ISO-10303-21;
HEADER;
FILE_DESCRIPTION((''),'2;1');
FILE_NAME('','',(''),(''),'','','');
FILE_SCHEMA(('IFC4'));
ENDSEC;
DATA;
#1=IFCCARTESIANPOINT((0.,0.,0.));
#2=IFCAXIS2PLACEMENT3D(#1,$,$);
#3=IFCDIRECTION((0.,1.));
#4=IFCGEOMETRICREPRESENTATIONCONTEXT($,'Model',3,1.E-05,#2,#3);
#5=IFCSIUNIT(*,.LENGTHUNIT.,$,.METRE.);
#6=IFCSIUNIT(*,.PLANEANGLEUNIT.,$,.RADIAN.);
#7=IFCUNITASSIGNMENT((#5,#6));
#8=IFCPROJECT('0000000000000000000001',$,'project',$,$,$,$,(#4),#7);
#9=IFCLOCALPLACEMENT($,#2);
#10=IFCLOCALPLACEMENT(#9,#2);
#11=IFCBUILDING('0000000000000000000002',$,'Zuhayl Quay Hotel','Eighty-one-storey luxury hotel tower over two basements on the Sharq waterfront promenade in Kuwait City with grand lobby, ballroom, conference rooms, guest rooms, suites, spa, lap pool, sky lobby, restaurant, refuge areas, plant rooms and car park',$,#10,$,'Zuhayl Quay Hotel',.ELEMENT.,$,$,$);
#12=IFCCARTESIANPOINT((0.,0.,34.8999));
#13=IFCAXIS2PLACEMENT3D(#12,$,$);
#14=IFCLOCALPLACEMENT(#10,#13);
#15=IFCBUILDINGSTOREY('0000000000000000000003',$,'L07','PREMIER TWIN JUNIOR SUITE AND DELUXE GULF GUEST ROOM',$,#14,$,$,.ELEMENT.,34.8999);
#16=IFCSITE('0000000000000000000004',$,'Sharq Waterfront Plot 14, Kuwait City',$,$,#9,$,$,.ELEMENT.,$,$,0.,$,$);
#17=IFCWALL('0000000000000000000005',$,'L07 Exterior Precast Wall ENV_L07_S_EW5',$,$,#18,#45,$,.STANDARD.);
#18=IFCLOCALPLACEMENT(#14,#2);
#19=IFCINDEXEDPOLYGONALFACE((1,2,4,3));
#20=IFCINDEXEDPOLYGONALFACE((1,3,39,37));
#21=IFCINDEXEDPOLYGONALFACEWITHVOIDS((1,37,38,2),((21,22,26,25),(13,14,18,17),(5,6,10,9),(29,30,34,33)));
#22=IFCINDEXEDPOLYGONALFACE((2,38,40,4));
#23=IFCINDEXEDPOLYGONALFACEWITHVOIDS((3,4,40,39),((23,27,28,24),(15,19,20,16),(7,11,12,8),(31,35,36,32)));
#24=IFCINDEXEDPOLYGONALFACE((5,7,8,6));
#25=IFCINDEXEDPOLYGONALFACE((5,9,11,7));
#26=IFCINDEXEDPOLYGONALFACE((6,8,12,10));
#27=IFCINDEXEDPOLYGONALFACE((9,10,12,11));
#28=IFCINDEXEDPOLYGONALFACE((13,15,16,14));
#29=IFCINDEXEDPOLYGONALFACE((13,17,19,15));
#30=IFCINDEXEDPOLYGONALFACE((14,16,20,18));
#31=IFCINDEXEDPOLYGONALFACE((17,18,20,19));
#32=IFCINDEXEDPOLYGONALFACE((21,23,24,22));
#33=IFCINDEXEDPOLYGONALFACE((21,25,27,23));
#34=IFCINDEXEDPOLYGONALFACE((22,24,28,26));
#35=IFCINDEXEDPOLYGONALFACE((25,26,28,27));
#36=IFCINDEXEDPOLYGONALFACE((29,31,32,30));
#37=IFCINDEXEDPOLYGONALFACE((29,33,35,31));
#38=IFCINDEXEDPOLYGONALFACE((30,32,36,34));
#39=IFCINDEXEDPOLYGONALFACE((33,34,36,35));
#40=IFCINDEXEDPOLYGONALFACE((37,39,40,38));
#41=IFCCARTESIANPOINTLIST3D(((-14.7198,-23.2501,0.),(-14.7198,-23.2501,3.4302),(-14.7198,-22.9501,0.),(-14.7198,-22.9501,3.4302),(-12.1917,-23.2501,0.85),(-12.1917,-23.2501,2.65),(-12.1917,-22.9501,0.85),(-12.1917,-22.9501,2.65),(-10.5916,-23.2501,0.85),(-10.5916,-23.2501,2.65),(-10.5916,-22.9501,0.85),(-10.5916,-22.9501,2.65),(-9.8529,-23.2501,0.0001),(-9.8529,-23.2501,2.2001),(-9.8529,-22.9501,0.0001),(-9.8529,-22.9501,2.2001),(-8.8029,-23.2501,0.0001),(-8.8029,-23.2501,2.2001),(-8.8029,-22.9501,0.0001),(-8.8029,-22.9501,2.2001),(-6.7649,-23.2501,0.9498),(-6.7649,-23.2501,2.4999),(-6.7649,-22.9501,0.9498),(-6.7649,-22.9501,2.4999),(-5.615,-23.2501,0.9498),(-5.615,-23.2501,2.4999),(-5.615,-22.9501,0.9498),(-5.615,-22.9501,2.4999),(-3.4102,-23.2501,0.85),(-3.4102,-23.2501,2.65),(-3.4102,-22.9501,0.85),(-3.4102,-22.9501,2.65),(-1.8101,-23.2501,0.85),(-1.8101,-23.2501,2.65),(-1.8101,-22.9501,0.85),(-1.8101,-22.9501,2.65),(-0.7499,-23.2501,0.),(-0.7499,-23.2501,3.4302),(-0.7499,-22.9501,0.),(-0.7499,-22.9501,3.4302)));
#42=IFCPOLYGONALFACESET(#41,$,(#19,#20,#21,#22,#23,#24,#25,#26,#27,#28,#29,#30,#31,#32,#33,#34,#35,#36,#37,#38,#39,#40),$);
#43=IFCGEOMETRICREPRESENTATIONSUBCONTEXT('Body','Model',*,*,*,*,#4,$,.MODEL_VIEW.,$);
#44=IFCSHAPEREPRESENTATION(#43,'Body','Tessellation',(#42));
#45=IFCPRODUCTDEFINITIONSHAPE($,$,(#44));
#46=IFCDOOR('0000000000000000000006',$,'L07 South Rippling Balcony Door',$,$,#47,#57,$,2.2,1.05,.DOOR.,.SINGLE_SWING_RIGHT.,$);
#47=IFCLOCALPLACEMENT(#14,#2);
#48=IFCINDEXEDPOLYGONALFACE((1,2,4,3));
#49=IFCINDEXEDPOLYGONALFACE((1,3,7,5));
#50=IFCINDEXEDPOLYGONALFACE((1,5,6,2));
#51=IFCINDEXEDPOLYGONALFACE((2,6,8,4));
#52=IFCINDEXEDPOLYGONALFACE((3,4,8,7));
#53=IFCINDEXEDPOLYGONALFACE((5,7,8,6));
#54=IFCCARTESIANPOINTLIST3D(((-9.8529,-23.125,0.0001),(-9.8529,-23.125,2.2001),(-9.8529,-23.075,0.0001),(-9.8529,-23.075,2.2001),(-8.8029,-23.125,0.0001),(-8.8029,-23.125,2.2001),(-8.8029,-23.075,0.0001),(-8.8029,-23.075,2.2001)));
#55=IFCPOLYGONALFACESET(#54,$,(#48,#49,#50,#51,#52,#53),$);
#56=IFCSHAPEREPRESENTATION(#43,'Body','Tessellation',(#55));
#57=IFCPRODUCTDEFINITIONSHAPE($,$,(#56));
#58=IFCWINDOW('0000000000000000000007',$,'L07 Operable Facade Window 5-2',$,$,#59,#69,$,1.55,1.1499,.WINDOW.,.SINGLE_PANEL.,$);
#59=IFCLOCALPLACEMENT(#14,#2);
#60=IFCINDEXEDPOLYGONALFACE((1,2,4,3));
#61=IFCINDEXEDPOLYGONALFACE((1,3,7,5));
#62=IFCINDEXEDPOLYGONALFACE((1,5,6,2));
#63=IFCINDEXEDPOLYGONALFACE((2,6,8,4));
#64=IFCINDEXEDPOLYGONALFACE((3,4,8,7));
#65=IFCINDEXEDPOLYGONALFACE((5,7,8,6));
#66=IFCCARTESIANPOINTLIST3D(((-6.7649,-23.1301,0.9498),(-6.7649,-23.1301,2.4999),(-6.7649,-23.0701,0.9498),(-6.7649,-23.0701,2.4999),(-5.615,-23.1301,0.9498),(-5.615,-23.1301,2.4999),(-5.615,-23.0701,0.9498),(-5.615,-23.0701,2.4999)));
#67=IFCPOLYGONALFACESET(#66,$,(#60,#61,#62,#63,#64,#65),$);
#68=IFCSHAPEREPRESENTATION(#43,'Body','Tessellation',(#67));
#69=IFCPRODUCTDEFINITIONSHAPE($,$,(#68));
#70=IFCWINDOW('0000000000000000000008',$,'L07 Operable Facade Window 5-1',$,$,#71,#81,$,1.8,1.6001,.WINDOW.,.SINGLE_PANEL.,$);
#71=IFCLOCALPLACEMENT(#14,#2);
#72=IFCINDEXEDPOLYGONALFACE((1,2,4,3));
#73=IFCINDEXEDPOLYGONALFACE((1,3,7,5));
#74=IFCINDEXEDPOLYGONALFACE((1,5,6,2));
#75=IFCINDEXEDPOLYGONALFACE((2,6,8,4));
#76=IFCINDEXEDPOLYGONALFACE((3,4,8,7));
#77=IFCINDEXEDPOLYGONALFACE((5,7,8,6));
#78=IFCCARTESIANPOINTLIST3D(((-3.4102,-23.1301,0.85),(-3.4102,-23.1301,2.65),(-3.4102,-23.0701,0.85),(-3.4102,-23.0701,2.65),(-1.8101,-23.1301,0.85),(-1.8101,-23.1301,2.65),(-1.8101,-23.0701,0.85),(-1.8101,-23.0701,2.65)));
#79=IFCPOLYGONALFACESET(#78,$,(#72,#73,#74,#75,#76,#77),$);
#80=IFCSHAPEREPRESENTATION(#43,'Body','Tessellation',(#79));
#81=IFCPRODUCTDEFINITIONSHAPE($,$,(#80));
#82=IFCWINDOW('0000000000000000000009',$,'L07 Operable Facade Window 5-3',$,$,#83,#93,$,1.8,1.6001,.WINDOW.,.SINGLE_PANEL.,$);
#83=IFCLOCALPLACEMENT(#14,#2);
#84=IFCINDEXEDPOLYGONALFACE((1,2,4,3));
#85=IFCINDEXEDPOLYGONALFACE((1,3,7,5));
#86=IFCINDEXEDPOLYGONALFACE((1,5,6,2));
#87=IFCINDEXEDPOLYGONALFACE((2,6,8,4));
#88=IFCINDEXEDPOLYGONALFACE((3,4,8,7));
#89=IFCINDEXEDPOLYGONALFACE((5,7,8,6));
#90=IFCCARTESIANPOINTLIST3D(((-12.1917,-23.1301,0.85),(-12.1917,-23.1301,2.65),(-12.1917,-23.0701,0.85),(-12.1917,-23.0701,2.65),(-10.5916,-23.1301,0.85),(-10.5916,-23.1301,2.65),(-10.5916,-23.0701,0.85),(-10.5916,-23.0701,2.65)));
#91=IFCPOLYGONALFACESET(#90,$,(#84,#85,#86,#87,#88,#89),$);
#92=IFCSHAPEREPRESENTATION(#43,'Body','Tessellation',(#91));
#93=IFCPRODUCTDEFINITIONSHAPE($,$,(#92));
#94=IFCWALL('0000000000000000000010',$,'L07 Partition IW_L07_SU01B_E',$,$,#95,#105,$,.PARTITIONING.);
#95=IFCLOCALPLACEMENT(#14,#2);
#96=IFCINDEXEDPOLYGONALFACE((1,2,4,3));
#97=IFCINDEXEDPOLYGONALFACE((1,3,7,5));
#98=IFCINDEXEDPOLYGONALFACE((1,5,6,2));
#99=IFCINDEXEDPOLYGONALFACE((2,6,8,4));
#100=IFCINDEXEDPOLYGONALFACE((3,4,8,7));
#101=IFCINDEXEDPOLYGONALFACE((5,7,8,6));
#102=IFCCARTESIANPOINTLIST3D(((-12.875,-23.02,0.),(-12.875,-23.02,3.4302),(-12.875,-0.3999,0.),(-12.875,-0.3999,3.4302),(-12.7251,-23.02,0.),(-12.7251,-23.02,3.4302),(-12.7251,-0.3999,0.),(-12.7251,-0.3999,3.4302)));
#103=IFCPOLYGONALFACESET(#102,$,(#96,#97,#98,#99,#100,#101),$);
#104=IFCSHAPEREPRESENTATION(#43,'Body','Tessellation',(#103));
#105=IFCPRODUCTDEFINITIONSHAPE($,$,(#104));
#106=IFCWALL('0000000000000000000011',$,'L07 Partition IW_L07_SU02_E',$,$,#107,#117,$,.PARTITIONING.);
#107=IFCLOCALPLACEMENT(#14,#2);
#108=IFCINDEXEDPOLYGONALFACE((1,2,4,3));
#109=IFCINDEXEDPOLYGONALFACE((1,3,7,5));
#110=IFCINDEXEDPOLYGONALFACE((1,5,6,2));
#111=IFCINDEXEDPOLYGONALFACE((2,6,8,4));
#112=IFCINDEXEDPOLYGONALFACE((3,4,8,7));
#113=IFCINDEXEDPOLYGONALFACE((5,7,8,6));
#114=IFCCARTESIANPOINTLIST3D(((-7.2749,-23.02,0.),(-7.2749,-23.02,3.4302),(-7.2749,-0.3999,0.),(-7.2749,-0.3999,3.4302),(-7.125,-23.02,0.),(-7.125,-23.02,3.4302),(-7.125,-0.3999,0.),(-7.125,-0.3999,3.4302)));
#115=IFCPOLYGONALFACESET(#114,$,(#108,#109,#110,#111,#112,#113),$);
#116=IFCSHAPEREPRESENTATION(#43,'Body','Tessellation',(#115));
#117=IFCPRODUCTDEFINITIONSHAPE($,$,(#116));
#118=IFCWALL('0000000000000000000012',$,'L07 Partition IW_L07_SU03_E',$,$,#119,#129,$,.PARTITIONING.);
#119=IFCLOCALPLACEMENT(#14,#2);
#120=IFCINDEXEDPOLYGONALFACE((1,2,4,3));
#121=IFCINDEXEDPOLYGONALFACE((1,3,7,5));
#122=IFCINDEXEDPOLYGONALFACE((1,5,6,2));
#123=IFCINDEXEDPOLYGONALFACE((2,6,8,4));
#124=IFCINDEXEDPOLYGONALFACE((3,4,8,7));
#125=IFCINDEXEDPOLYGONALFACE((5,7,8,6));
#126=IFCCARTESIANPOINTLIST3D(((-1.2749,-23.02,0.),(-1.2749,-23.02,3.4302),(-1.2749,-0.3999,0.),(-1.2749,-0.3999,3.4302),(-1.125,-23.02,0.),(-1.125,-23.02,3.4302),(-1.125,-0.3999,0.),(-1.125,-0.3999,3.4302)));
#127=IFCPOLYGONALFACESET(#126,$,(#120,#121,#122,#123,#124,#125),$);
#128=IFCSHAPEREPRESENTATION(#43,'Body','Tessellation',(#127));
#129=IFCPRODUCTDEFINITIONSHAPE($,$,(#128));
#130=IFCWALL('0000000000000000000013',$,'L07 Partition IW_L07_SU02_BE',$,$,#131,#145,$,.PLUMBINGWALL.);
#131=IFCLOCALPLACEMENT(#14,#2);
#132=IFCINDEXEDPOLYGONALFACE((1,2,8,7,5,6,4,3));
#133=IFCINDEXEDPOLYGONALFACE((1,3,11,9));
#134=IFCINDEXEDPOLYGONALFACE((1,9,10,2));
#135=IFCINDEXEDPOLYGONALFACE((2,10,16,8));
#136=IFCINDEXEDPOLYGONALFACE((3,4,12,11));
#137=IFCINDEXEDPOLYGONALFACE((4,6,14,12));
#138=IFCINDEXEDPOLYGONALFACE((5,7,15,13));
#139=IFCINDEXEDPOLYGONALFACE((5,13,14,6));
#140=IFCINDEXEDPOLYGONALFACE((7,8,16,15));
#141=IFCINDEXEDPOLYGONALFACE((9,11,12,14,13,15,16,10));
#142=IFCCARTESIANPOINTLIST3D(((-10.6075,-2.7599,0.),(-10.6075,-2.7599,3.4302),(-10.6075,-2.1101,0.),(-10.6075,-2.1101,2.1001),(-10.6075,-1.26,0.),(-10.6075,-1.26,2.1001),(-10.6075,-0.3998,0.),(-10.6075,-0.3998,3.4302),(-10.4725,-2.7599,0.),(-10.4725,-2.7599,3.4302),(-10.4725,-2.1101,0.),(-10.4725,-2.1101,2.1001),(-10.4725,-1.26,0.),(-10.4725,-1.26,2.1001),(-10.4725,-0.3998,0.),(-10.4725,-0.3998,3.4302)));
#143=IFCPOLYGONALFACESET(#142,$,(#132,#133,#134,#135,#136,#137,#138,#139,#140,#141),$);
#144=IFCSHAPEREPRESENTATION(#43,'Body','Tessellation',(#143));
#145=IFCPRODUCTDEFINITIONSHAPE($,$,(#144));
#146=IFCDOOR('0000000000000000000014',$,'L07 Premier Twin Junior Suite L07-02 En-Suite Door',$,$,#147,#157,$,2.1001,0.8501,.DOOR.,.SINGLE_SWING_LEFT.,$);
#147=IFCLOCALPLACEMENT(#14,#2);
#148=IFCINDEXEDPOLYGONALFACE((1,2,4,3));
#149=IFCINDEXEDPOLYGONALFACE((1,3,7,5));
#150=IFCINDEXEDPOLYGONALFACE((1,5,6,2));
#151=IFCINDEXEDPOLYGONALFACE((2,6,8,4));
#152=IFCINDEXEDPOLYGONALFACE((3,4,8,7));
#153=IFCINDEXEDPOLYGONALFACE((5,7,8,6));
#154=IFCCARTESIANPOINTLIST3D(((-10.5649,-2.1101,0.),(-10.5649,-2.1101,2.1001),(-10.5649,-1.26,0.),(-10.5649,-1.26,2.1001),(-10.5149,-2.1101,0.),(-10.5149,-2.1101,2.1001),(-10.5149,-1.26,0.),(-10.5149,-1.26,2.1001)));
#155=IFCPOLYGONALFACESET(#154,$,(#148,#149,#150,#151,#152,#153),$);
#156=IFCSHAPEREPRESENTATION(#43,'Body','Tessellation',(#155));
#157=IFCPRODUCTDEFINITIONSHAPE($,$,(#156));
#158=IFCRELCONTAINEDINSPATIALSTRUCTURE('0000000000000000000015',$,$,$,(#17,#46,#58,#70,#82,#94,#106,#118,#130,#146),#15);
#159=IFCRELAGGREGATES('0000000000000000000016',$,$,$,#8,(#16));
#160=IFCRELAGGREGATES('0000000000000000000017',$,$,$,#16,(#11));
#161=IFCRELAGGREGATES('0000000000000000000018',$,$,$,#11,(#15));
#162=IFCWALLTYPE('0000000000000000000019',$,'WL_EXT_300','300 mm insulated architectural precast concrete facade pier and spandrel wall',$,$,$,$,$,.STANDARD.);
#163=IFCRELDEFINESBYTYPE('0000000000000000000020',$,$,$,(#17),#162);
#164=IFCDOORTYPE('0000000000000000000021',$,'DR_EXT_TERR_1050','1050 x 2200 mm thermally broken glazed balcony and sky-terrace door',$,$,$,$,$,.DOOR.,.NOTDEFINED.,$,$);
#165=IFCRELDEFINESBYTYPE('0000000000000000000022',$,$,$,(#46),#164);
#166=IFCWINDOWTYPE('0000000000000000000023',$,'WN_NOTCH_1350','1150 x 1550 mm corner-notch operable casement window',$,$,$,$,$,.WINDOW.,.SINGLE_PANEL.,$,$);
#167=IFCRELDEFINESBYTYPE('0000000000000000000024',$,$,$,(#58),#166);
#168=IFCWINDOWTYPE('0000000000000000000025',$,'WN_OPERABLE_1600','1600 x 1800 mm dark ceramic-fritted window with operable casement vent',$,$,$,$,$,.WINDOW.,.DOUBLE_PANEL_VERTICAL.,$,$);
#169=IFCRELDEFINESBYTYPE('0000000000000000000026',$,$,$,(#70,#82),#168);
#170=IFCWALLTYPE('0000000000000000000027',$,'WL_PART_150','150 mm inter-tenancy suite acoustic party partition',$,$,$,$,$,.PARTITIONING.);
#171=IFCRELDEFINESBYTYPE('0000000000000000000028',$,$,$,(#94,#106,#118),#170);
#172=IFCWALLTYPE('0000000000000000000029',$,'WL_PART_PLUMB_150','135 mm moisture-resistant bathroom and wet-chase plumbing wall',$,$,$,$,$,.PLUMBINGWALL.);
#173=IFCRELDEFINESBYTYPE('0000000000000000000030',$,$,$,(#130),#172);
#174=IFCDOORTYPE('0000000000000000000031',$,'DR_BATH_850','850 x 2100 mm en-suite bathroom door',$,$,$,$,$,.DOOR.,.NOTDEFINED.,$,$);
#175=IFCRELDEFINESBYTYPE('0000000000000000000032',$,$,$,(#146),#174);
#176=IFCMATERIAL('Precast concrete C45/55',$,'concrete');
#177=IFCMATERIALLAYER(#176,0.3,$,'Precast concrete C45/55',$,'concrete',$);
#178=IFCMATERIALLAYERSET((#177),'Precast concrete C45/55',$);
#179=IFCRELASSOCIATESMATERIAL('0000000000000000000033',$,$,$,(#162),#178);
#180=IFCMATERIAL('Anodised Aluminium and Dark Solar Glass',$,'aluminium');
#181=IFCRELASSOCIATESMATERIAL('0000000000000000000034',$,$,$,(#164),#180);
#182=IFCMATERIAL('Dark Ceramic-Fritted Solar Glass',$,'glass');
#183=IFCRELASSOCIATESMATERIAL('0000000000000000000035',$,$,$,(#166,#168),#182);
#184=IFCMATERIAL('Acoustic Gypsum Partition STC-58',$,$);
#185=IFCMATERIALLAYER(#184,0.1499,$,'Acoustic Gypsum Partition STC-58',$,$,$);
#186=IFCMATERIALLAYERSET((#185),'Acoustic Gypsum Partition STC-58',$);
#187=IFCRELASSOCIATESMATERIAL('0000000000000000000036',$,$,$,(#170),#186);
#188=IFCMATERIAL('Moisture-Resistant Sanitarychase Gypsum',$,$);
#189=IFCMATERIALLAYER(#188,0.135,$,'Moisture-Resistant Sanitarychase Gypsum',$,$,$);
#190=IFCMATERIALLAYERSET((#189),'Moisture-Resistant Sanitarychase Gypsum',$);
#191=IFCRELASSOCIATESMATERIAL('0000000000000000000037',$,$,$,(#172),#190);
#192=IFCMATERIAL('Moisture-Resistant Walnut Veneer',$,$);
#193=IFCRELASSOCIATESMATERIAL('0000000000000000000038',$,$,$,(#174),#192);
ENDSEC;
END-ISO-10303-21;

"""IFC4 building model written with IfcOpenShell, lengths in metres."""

from ifc_helpers import new_model, si_unit, direction, frame, frame_2d, origin, place, context, subcontext, project, spatial, rectangle, extrude, material, layer, layer_set, type_object, element, fill, save


model = new_model("IFC4")

# Units and contexts
model_context = context("Model", 3, precision=1e-05, world=origin(), true_north=direction((0.0, 1.0)))
body_context = subcontext(model_context, "Body", "Model", "MODEL_VIEW")
ifc_project = project(units=[si_unit("LENGTHUNIT", "METRE"), si_unit("PLANEANGLEUNIT", "RADIAN")], contexts=[model_context])

# Site, building, storey
site_placement = place(None, origin())
site = spatial("IfcSite", under=ifc_project, at=site_placement, Name="Sharq Waterfront Plot 14, Kuwait City", CompositionType="ELEMENT", RefElevation=0.0)
building_placement = place(site_placement, origin())
building = spatial("IfcBuilding", under=site, at=building_placement, Name="Zuhayl Quay Hotel", Description="Eighty-one-storey luxury hotel tower over two basements on the Sharq waterfront promenade in Kuwait City with grand lobby, ballroom, conference rooms, guest rooms, suites, spa, lap pool, sky lobby, restaurant, refuge areas, plant rooms and car park", LongName="Zuhayl Quay Hotel", CompositionType="ELEMENT")
storey_placement = place(building_placement, frame((0.0, 0.0, 34.8999)))
storey = spatial("IfcBuildingStorey", under=building, at=storey_placement, Name="L07", Description="PREMIER TWIN JUNIOR SUITE AND DELUXE GULF GUEST ROOM", CompositionType="ELEMENT", Elevation=34.8999)

# Wall, openings, door, windows
ifc_material_1 = material(Name="Precast concrete C45/55", Category="concrete")
ifc_layer_1 = layer(ifc_material_1, 0.3, Name="Precast concrete C45/55", Category="concrete")
ifc_layer_set_1 = layer_set([ifc_layer_1], Name="Precast concrete C45/55")
wall_type_1 = type_object("IfcWallType", Name="WL_EXT_300", Description="300 mm insulated architectural precast concrete facade pier and spandrel wall", PredefinedType="STANDARD", material=ifc_layer_set_1)
wall_1_placement = place(storey_placement, frame((-0.75, -23.1001, 0.0), z_axis=(0.0, 0.0, 1.0), x_axis=(-1.0, 0.0, 0.0)))
wall_1 = element("IfcWall", 1, at=wall_1_placement, inside=storey, type_object=wall_type_1, Name="L07 Exterior Precast Wall ENV_L07_S_EW5", PredefinedType="STANDARD", context=body_context, shape_type="SweptSolid", body=[
    extrude(rectangle(XDim=13.97, YDim=0.3, at=frame_2d((6.9849, 0.0))), origin(), (0.0, 0.0, 1.0), 3.4302),
])
opening_1_placement = place(wall_1_placement, frame((8.053, 0.0, 0.0)))
opening_1 = element("IfcOpeningElement", 2, at=opening_1_placement, cuts=wall_1, PredefinedType="OPENING", context=body_context, shape_type="SweptSolid", body=[
    extrude(rectangle(XDim=1.05, YDim=2.2, at=frame_2d((0.5249, 1.1001))), frame((0.0, 0.1599, 0.0), z_axis=(0.0, -1.0, 0.0), x_axis=(1.0, 0.0, 0.0)), (0.0, 0.0, 1.0), 0.3201),
])
opening_2_placement = place(wall_1_placement, frame((1.0601, 0.0, 0.8501)))
opening_2 = element("IfcOpeningElement", 3, at=opening_2_placement, cuts=wall_1, PredefinedType="OPENING", context=body_context, shape_type="SweptSolid", body=[
    extrude(rectangle(XDim=1.6001, YDim=1.8, at=frame_2d((0.8, 0.8999))), frame((0.0, 0.1599, 0.0), z_axis=(0.0, -1.0, 0.0), x_axis=(1.0, 0.0, 0.0)), (0.0, 0.0, 1.0), 0.3201),
])
opening_3_placement = place(wall_1_placement, frame((4.865, 0.0, 0.95)))
opening_3 = element("IfcOpeningElement", 4, at=opening_3_placement, cuts=wall_1, PredefinedType="OPENING", context=body_context, shape_type="SweptSolid", body=[
    extrude(rectangle(XDim=1.1499, YDim=1.55, at=frame_2d((0.575, 0.7749))), frame((0.0, 0.1599, 0.0), z_axis=(0.0, -1.0, 0.0), x_axis=(1.0, 0.0, 0.0)), (0.0, 0.0, 1.0), 0.3201),
])
opening_4_placement = place(wall_1_placement, frame((9.8416, 0.0, 0.8501)))
opening_4 = element("IfcOpeningElement", 5, at=opening_4_placement, cuts=wall_1, PredefinedType="OPENING", context=body_context, shape_type="SweptSolid", body=[
    extrude(rectangle(XDim=1.6001, YDim=1.8, at=frame_2d((0.8, 0.8999))), frame((0.0, 0.1599, 0.0), z_axis=(0.0, -1.0, 0.0), x_axis=(1.0, 0.0, 0.0)), (0.0, 0.0, 1.0), 0.3201),
])
ifc_material_2 = material(Name="Anodised Aluminium and Dark Solar Glass", Category="aluminium")
door_type_1 = type_object("IfcDoorType", Name="DR_EXT_TERR_1050", Description="1050 x 2200 mm thermally broken glazed balcony and sky-terrace door", OperationType="NOTDEFINED", PredefinedType="DOOR", material=ifc_material_2)
door_1_placement = place(opening_1_placement, origin())
door_1 = element("IfcDoor", 6, at=door_1_placement, inside=storey, type_object=door_type_1, Name="L07 South Rippling Balcony Door", OperationType="SINGLE_SWING_RIGHT", OverallHeight=2.2, OverallWidth=1.05, PredefinedType="DOOR", context=body_context, shape_type="SweptSolid", body=[
    extrude(rectangle(XDim=1.05, YDim=2.2, at=frame_2d((0.5249, 1.1001))), frame((0.0, 0.0249, 0.0), z_axis=(0.0, -1.0, 0.0), x_axis=(1.0, 0.0, 0.0)), (0.0, 0.0, 1.0), 0.05),
])
fill(opening_1, door_1)
ifc_material_3 = material(Name="Dark Ceramic-Fritted Solar Glass", Category="glass")
window_type_1 = type_object("IfcWindowType", Name="WN_NOTCH_1350", Description="1150 x 1550 mm corner-notch operable casement window", PartitioningType="SINGLE_PANEL", PredefinedType="WINDOW", material=ifc_material_3)
window_1_placement = place(opening_3_placement, origin())
window_1 = element("IfcWindow", 7, at=window_1_placement, inside=storey, type_object=window_type_1, Name="L07 Operable Facade Window 5-2", OverallHeight=1.55, OverallWidth=1.1499, PartitioningType="SINGLE_PANEL", PredefinedType="WINDOW", context=body_context, shape_type="SweptSolid", body=[
    extrude(rectangle(XDim=1.1499, YDim=1.55, at=frame_2d((0.575, 0.7749))), frame((0.0, 0.03, 0.0), z_axis=(0.0, -1.0, 0.0), x_axis=(1.0, 0.0, 0.0)), (0.0, 0.0, 1.0), 0.0601),
])
fill(opening_3, window_1)
window_type_2 = type_object("IfcWindowType", Name="WN_OPERABLE_1600", Description="1600 x 1800 mm dark ceramic-fritted window with operable casement vent", PartitioningType="DOUBLE_PANEL_VERTICAL", PredefinedType="WINDOW", material=ifc_material_3)
window_2_placement = place(opening_2_placement, origin())
window_2 = element("IfcWindow", 8, at=window_2_placement, inside=storey, type_object=window_type_2, Name="L07 Operable Facade Window 5-1", OverallHeight=1.8, OverallWidth=1.6001, PartitioningType="SINGLE_PANEL", PredefinedType="WINDOW", context=body_context, shape_type="SweptSolid", body=[
    extrude(rectangle(XDim=1.6001, YDim=1.8, at=frame_2d((0.8, 0.8999))), frame((0.0, 0.03, 0.0), z_axis=(0.0, -1.0, 0.0), x_axis=(1.0, 0.0, 0.0)), (0.0, 0.0, 1.0), 0.0601),
])
fill(opening_2, window_2)
window_3_placement = place(opening_4_placement, origin())
window_3 = element("IfcWindow", 9, at=window_3_placement, inside=storey, type_object=window_type_2, Name="L07 Operable Facade Window 5-3", OverallHeight=1.8, OverallWidth=1.6001, PartitioningType="SINGLE_PANEL", PredefinedType="WINDOW", context=body_context, shape_type="SweptSolid", body=[
    extrude(rectangle(XDim=1.6001, YDim=1.8, at=frame_2d((0.8, 0.8999))), frame((0.0, 0.03, 0.0), z_axis=(0.0, -1.0, 0.0), x_axis=(1.0, 0.0, 0.0)), (0.0, 0.0, 1.0), 0.0601),
])
fill(opening_4, window_3)

# Walls
ifc_material_4 = material(Name="Acoustic Gypsum Partition STC-58")
ifc_layer_2 = layer(ifc_material_4, 0.1499, Name="Acoustic Gypsum Partition STC-58")
ifc_layer_set_2 = layer_set([ifc_layer_2], Name="Acoustic Gypsum Partition STC-58")
wall_type_2 = type_object("IfcWallType", Name="WL_PART_150", Description="150 mm inter-tenancy suite acoustic party partition", PredefinedType="PARTITIONING", material=ifc_layer_set_2)
for number, where, z_axis, x_axis, name in (
    (10, (-12.8, -23.02, 0.0), (0.0, 0.0, 1.0), (0.0, 1.0, 0.0), "L07 Partition IW_L07_SU01B_E"),
    (11, (-7.2, -23.02, 0.0), (0.0, 0.0, 1.0), (0.0, 1.0, 0.0), "L07 Partition IW_L07_SU02_E"),
    (12, (-1.2, -23.02, 0.0), (0.0, 0.0, 1.0), (0.0, 1.0, 0.0), "L07 Partition IW_L07_SU03_E"),
):
    element("IfcWall", number, at=place(storey_placement, frame(where, z_axis=z_axis, x_axis=x_axis)), inside=storey, type_object=wall_type_2, Name=name, PredefinedType="PARTITIONING", context=body_context, shape_type="SweptSolid", body=[
        extrude(rectangle(XDim=22.6201, YDim=0.1499, at=frame_2d((11.3101, 0.0))), origin(), (0.0, 0.0, 1.0), 3.4302),
    ])

# Wall, opening, door
ifc_material_5 = material(Name="Moisture-Resistant Sanitarychase Gypsum")
ifc_layer_3 = layer(ifc_material_5, 0.135, Name="Moisture-Resistant Sanitarychase Gypsum")
ifc_layer_set_3 = layer_set([ifc_layer_3], Name="Moisture-Resistant Sanitarychase Gypsum")
wall_type_3 = type_object("IfcWallType", Name="WL_PART_PLUMB_150", Description="135 mm moisture-resistant bathroom and wet-chase plumbing wall", PredefinedType="PLUMBINGWALL", material=ifc_layer_set_3)
wall_2_placement = place(storey_placement, frame((-10.54, -2.76, 0.0), z_axis=(0.0, 0.0, 1.0), x_axis=(0.0, 1.0, 0.0)))
wall_2 = element("IfcWall", 13, at=wall_2_placement, inside=storey, type_object=wall_type_3, Name="L07 Partition IW_L07_SU02_BE", PredefinedType="PLUMBINGWALL", context=body_context, shape_type="SweptSolid", body=[
    extrude(rectangle(XDim=2.3601, YDim=0.135, at=frame_2d((1.1802, 0.0))), origin(), (0.0, 0.0, 1.0), 3.4302),
])
opening_5_placement = place(wall_2_placement, frame((0.6499, 0.0, 0.0)))
opening_5 = element("IfcOpeningElement", 14, at=opening_5_placement, cuts=wall_2, PredefinedType="OPENING", context=body_context, shape_type="SweptSolid", body=[
    extrude(rectangle(XDim=0.8501, YDim=2.1001, at=frame_2d((0.425, 1.05))), frame((0.0, 0.0774, 0.0), z_axis=(0.0, -1.0, 0.0), x_axis=(1.0, 0.0, 0.0)), (0.0, 0.0, 1.0), 0.155),
])
ifc_material_6 = material(Name="Moisture-Resistant Walnut Veneer")
door_type_2 = type_object("IfcDoorType", Name="DR_BATH_850", Description="850 x 2100 mm en-suite bathroom door", OperationType="NOTDEFINED", PredefinedType="DOOR", material=ifc_material_6)
door_2_placement = place(opening_5_placement, origin())
door_2 = element("IfcDoor", 15, at=door_2_placement, inside=storey, type_object=door_type_2, Name="L07 Premier Twin Junior Suite L07-02 En-Suite Door", OperationType="SINGLE_SWING_LEFT", OverallHeight=2.1001, OverallWidth=0.8501, PredefinedType="DOOR", context=body_context, shape_type="SweptSolid", body=[
    extrude(rectangle(XDim=0.8501, YDim=2.1001, at=frame_2d((0.425, 1.05))), frame((0.0, 0.0249, 0.0), z_axis=(0.0, -1.0, 0.0), x_axis=(1.0, 0.0, 0.0)), (0.0, 0.0, 1.0), 0.05),
])
fill(opening_5, door_2)

save(model, "model.ifc")
